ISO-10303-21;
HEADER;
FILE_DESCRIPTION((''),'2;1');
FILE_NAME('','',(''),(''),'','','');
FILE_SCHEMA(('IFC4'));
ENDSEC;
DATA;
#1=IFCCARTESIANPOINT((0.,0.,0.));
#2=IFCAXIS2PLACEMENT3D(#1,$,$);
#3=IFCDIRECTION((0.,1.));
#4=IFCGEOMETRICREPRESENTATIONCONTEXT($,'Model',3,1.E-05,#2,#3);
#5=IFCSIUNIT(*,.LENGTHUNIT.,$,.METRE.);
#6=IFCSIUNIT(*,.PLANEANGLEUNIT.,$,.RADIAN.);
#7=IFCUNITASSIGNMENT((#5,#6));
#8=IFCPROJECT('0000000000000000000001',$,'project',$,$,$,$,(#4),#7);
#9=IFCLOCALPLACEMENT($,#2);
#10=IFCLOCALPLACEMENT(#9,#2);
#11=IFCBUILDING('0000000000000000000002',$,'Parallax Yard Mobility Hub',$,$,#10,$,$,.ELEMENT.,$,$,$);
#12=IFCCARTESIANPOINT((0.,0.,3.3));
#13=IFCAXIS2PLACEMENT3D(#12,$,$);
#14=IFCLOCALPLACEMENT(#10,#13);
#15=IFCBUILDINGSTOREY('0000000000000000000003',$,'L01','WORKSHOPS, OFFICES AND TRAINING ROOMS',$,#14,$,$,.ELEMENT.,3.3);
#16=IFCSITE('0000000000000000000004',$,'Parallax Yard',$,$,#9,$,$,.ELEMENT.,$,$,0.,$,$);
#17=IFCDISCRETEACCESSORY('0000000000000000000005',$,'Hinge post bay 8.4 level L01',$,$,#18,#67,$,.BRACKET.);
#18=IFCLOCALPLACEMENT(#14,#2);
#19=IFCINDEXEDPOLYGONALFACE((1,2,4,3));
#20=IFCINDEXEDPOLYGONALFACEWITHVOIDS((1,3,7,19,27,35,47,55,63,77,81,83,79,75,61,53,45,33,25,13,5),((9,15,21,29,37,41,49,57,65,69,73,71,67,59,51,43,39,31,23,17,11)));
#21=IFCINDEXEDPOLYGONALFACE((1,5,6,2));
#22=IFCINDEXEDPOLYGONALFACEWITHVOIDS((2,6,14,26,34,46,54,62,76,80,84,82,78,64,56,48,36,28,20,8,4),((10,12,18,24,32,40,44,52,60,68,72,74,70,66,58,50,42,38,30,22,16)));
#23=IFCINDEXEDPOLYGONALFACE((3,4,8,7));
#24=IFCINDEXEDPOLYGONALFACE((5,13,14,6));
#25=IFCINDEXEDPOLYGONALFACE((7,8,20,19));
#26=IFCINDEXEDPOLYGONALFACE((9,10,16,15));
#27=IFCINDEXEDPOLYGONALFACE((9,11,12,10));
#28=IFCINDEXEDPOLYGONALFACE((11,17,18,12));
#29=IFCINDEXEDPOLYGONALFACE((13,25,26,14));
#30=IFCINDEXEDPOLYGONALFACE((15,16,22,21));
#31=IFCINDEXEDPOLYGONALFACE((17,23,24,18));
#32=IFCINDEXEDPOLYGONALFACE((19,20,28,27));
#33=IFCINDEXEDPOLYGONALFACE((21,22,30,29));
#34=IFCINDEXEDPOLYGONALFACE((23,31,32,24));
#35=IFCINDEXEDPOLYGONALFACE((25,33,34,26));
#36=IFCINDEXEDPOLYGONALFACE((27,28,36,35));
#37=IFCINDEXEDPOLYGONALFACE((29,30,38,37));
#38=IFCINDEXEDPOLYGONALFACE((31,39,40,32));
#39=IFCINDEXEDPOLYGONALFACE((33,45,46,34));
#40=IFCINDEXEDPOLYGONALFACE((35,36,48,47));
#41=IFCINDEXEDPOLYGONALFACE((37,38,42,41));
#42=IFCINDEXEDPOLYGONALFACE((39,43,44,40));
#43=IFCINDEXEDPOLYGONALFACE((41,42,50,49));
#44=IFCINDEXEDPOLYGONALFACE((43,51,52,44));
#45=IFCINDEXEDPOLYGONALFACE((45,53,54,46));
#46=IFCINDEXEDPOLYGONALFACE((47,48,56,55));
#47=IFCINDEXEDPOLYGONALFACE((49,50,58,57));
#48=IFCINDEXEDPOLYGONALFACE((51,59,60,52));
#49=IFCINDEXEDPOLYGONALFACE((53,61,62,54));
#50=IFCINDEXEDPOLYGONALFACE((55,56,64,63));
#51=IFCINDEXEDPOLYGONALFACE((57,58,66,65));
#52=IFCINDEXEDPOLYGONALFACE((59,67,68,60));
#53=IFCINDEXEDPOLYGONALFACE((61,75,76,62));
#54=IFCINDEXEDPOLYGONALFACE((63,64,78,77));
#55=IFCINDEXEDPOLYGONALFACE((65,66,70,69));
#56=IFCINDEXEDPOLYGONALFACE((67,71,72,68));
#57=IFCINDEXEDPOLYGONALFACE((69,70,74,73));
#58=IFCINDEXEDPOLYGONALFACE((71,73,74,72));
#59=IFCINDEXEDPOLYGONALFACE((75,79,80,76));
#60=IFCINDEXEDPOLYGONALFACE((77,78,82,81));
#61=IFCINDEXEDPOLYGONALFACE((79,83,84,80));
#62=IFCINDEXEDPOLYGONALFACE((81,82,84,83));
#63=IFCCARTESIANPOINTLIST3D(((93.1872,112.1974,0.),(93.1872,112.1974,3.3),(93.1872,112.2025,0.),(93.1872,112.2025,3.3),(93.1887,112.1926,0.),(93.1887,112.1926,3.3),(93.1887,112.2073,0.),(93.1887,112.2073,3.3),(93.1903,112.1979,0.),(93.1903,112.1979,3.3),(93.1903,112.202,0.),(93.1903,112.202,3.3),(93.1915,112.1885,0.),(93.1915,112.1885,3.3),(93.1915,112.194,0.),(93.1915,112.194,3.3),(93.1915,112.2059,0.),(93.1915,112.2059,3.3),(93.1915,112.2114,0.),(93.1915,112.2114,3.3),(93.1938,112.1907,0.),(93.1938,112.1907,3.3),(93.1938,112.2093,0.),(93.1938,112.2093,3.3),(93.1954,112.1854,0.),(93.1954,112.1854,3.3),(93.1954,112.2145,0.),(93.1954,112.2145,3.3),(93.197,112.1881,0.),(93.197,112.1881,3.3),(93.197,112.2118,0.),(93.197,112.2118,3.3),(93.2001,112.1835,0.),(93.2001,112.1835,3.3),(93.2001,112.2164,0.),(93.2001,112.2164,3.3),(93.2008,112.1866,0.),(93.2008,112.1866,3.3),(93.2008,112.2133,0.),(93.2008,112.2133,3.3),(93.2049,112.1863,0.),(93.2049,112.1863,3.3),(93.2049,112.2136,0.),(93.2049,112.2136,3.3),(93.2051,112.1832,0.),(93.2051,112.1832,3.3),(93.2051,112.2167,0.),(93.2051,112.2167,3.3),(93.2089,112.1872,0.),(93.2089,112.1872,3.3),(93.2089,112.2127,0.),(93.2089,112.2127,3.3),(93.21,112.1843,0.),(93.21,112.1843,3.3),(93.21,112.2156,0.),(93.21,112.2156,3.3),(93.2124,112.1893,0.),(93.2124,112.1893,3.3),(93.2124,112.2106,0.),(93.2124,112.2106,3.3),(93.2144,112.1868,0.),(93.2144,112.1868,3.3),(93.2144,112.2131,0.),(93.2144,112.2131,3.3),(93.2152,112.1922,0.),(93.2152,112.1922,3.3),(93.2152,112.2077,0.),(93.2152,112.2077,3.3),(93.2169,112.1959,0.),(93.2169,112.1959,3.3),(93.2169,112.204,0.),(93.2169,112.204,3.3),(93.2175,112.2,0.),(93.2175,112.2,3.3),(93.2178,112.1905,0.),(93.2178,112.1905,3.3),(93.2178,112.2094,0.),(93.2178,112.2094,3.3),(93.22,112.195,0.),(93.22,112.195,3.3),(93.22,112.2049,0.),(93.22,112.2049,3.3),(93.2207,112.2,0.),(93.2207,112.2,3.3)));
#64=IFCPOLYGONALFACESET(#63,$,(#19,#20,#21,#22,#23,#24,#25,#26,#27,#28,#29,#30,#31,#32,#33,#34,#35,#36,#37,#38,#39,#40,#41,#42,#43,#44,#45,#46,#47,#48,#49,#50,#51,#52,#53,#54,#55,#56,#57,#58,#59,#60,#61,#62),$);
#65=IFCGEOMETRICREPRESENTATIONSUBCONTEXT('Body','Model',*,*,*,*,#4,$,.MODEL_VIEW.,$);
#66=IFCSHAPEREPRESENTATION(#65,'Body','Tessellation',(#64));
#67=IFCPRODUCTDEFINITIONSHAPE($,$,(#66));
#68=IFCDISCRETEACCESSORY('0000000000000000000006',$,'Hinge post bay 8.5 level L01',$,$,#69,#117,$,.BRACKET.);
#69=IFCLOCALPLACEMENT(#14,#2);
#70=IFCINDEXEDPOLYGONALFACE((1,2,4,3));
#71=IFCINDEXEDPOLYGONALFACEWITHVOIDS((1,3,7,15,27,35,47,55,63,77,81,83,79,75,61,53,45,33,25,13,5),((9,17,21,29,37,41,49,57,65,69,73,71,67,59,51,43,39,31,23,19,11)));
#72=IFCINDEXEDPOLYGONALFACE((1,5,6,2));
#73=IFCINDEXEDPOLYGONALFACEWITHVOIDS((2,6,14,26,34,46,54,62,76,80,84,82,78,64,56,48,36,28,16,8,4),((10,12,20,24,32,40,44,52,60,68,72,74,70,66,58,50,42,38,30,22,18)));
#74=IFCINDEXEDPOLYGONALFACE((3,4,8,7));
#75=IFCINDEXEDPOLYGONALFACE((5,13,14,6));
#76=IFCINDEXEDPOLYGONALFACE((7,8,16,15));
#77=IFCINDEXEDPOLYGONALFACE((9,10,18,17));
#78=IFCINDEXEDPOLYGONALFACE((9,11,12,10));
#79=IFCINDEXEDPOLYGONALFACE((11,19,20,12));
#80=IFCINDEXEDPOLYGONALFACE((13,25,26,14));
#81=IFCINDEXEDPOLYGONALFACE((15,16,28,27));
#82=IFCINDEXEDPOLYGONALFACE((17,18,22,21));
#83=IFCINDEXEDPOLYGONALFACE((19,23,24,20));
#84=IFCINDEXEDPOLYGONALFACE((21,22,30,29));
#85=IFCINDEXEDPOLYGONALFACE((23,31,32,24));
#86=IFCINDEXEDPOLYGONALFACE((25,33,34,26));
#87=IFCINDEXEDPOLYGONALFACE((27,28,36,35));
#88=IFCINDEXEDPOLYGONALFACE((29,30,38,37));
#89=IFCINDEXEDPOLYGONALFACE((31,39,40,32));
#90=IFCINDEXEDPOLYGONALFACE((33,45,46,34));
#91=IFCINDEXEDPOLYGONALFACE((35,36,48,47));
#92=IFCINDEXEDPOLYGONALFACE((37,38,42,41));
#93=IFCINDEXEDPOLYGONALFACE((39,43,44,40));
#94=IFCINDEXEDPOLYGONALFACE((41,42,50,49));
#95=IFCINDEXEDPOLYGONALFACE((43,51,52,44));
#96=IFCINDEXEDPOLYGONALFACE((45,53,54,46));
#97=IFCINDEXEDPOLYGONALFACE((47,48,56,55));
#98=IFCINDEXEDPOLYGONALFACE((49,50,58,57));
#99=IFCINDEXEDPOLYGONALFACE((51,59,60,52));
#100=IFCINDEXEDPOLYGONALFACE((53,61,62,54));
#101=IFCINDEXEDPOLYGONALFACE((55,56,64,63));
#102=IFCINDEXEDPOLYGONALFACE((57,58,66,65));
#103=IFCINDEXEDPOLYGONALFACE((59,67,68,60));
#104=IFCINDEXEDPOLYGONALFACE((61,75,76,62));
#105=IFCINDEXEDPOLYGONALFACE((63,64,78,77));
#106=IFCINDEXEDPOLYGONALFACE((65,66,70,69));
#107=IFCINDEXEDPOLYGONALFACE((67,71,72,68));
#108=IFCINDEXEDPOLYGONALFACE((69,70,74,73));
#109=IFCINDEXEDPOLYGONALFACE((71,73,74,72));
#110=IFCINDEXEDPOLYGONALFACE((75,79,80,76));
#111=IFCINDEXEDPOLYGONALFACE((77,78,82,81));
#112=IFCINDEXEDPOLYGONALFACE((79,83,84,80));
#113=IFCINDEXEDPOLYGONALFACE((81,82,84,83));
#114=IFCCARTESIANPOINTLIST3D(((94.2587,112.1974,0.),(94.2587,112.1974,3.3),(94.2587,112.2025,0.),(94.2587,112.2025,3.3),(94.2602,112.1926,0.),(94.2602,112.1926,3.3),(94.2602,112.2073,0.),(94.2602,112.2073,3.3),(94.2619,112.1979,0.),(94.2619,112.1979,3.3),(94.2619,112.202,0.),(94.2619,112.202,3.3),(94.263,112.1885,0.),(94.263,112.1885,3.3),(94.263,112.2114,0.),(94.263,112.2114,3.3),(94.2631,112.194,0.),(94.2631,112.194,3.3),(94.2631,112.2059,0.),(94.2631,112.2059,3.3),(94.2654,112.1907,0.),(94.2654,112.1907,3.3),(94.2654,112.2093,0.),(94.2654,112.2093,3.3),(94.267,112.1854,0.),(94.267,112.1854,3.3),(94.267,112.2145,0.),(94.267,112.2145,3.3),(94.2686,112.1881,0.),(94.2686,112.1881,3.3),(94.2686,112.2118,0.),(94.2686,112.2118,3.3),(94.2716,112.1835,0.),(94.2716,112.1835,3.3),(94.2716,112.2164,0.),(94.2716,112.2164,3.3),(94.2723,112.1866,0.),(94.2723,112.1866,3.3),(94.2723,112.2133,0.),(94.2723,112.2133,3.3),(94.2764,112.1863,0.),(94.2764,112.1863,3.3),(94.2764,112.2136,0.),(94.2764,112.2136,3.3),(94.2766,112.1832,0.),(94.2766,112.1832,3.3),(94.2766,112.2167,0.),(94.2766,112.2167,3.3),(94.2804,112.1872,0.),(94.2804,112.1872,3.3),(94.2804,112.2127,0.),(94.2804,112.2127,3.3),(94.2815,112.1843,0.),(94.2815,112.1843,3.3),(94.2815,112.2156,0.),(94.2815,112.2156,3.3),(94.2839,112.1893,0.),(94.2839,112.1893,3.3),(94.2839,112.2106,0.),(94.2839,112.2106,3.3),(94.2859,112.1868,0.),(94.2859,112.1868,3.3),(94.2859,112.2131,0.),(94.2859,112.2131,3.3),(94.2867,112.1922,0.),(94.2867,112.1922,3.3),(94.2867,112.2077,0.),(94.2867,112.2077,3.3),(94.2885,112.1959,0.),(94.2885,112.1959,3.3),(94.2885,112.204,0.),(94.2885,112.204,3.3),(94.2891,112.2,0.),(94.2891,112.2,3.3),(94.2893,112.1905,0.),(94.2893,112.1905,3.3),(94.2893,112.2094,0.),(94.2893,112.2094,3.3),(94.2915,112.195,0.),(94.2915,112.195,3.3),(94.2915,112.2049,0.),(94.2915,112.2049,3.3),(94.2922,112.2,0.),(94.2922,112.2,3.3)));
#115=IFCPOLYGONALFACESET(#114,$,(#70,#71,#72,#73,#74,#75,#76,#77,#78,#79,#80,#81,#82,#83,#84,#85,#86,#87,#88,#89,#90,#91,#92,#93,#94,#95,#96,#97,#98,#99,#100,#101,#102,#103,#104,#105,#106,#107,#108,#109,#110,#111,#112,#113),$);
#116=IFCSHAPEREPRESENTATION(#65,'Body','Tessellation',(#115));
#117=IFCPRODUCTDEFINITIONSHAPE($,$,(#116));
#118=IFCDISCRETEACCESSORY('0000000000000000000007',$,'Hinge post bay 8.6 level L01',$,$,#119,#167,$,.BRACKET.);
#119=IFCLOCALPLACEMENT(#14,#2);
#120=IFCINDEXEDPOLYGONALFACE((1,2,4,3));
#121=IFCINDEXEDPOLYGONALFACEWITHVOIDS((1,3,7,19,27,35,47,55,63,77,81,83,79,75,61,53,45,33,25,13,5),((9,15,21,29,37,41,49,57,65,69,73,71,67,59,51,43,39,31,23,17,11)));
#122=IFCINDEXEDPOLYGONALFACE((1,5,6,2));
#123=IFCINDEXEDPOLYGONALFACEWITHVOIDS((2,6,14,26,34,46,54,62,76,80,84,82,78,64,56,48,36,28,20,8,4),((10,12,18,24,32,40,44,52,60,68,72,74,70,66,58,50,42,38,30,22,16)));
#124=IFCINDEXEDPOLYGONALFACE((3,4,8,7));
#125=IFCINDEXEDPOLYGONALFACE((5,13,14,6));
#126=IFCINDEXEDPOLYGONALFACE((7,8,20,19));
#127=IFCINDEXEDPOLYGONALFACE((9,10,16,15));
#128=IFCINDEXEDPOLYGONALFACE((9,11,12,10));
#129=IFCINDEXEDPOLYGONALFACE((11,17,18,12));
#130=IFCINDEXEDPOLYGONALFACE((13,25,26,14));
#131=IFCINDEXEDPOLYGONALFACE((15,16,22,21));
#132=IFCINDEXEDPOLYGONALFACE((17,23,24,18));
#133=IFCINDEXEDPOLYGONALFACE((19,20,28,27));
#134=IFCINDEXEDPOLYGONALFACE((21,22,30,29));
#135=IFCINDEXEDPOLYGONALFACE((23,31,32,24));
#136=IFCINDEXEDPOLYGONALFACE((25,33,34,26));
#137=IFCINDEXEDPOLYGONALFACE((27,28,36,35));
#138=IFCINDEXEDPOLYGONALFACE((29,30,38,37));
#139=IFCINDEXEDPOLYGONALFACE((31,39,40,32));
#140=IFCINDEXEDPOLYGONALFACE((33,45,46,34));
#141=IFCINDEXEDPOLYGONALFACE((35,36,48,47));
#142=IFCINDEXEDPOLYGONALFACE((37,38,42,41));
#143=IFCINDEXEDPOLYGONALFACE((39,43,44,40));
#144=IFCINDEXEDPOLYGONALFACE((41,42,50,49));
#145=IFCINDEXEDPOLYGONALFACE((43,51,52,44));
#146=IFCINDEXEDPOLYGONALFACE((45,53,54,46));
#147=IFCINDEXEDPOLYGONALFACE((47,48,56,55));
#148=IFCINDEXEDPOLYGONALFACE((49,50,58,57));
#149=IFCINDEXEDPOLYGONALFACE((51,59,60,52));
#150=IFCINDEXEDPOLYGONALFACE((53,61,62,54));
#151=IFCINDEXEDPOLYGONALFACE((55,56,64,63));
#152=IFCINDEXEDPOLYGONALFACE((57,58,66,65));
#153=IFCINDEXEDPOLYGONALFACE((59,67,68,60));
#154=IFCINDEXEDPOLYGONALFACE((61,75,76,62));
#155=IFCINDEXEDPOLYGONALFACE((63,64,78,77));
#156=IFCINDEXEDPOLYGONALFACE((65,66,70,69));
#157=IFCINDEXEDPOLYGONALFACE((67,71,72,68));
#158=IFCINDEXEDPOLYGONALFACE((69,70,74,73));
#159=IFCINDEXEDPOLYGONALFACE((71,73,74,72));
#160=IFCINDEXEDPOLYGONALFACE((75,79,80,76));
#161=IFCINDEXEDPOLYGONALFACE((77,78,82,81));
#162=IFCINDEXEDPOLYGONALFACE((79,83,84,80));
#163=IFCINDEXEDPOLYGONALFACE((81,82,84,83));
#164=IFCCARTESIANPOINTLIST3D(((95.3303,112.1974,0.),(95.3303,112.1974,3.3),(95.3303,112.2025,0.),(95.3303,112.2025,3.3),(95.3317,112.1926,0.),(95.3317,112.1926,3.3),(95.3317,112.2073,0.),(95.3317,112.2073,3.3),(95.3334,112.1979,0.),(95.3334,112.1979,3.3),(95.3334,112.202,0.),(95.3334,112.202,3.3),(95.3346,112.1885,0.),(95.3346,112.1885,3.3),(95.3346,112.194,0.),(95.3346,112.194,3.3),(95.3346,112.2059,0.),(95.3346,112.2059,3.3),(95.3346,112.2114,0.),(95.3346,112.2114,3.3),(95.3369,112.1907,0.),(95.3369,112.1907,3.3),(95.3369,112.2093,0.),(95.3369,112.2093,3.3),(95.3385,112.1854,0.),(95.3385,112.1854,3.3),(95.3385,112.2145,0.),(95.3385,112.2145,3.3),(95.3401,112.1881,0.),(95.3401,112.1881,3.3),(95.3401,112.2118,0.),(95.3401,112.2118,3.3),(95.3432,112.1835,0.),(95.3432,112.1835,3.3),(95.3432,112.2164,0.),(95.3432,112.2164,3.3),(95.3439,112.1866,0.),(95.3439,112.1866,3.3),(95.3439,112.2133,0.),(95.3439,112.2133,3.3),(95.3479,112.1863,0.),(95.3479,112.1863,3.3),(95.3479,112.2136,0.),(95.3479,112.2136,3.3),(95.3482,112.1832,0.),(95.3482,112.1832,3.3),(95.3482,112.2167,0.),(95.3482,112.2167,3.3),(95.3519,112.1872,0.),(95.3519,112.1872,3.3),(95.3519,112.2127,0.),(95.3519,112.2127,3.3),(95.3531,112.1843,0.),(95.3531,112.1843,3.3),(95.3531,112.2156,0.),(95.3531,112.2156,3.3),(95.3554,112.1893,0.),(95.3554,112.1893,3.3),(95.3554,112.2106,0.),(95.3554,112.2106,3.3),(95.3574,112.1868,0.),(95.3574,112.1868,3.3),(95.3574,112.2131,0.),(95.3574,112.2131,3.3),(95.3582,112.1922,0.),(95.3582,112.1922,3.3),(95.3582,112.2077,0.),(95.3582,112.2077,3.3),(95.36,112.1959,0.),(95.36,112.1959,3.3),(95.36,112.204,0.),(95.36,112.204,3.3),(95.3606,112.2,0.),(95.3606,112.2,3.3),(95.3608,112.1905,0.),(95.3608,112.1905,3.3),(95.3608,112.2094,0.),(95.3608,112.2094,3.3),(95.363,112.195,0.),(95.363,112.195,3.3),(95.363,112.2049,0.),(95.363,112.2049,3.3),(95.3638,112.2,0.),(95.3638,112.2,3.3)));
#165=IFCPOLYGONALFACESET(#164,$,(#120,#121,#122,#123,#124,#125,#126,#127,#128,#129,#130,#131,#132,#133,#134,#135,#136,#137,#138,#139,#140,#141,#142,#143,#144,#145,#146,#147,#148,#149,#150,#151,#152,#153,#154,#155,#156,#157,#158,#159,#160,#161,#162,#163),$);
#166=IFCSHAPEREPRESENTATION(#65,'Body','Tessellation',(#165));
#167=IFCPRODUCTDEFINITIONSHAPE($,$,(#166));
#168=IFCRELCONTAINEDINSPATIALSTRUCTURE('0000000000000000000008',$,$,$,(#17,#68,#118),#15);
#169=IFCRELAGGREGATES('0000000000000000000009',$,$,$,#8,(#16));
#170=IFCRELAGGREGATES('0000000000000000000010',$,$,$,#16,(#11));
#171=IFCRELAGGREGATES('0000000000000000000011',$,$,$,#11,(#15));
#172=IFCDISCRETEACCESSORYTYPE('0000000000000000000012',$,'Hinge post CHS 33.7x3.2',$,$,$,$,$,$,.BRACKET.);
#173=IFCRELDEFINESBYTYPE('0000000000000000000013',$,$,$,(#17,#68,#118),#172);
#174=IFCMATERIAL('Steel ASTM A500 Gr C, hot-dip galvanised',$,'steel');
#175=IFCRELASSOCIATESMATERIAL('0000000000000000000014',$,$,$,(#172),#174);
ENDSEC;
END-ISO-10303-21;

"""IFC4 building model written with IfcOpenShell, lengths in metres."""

from ifc_helpers import new_model, si_unit, direction, frame, origin, origin_2d, place, context, subcontext, project, spatial, hollow_circle, extrude, material, material_profile, profile_set, type_object, element, save


model = new_model("IFC4")

# Units and contexts
model_context = context("Model", 3, precision=1e-05, world=origin(), true_north=direction((0.0, 1.0)))
body_context = subcontext(model_context, "Body", "Model", "MODEL_VIEW")
ifc_project = project(units=[si_unit("LENGTHUNIT", "METRE"), si_unit("PLANEANGLEUNIT", "RADIAN")], contexts=[model_context])

# Site, building, storey
site_placement = place(None, origin())
site = spatial("IfcSite", under=ifc_project, at=site_placement, Name="Parallax Yard", CompositionType="ELEMENT", RefElevation=0.0)
building_placement = place(site_placement, origin())
building = spatial("IfcBuilding", under=site, at=building_placement, Name="Parallax Yard Mobility Hub", CompositionType="ELEMENT")
storey_placement = place(building_placement, frame((0.0, 0.0, 3.3)))
storey = spatial("IfcBuildingStorey", under=building, at=storey_placement, Name="L01", Description="WORKSHOPS, OFFICES AND TRAINING ROOMS", CompositionType="ELEMENT", Elevation=3.3)

# Discrete accessories
ifc_material_1 = material(Name="Steel ASTM A500 Gr C, hot-dip galvanised", Category="steel")
ifc_material_profile_1 = material_profile(ifc_material_1, hollow_circle(Radius=0.0168, WallThickness=0.0032, at=origin_2d()), Name="CHS 33.7x3.2")
ifc_profile_set_1 = profile_set([ifc_material_profile_1], Name="Steel ASTM A500 Gr C, hot-dip galvanised")
discrete_accessory_type_1 = type_object("IfcDiscreteAccessoryType", Name="Hinge post CHS 33.7x3.2", PredefinedType="BRACKET", material=ifc_profile_set_1)
for number, where, z_axis, x_axis, name in (
    (1, (93.2039, 112.2, 0.0), (0.0, 0.0, 1.0), (1.0, 0.0, 0.0), "Hinge post bay 8.4 level L01"),
    (2, (94.2754, 112.2, 0.0), (0.0, 0.0, 1.0), (1.0, 0.0, 0.0), "Hinge post bay 8.5 level L01"),
    (3, (95.3469, 112.2, 0.0), (0.0, 0.0, 1.0), (1.0, 0.0, 0.0), "Hinge post bay 8.6 level L01"),
):
    element("IfcDiscreteAccessory", number, at=place(storey_placement, frame(where, z_axis=z_axis, x_axis=x_axis)), inside=storey, type_object=discrete_accessory_type_1, Name=name, PredefinedType="BRACKET", context=body_context, shape_type="SweptSolid", body=[
        extrude(hollow_circle(Radius=0.0168, WallThickness=0.0032, at=origin_2d()), origin(), (0.0, 0.0, 1.0), 3.3),
    ])

save(model, "model.ifc")
